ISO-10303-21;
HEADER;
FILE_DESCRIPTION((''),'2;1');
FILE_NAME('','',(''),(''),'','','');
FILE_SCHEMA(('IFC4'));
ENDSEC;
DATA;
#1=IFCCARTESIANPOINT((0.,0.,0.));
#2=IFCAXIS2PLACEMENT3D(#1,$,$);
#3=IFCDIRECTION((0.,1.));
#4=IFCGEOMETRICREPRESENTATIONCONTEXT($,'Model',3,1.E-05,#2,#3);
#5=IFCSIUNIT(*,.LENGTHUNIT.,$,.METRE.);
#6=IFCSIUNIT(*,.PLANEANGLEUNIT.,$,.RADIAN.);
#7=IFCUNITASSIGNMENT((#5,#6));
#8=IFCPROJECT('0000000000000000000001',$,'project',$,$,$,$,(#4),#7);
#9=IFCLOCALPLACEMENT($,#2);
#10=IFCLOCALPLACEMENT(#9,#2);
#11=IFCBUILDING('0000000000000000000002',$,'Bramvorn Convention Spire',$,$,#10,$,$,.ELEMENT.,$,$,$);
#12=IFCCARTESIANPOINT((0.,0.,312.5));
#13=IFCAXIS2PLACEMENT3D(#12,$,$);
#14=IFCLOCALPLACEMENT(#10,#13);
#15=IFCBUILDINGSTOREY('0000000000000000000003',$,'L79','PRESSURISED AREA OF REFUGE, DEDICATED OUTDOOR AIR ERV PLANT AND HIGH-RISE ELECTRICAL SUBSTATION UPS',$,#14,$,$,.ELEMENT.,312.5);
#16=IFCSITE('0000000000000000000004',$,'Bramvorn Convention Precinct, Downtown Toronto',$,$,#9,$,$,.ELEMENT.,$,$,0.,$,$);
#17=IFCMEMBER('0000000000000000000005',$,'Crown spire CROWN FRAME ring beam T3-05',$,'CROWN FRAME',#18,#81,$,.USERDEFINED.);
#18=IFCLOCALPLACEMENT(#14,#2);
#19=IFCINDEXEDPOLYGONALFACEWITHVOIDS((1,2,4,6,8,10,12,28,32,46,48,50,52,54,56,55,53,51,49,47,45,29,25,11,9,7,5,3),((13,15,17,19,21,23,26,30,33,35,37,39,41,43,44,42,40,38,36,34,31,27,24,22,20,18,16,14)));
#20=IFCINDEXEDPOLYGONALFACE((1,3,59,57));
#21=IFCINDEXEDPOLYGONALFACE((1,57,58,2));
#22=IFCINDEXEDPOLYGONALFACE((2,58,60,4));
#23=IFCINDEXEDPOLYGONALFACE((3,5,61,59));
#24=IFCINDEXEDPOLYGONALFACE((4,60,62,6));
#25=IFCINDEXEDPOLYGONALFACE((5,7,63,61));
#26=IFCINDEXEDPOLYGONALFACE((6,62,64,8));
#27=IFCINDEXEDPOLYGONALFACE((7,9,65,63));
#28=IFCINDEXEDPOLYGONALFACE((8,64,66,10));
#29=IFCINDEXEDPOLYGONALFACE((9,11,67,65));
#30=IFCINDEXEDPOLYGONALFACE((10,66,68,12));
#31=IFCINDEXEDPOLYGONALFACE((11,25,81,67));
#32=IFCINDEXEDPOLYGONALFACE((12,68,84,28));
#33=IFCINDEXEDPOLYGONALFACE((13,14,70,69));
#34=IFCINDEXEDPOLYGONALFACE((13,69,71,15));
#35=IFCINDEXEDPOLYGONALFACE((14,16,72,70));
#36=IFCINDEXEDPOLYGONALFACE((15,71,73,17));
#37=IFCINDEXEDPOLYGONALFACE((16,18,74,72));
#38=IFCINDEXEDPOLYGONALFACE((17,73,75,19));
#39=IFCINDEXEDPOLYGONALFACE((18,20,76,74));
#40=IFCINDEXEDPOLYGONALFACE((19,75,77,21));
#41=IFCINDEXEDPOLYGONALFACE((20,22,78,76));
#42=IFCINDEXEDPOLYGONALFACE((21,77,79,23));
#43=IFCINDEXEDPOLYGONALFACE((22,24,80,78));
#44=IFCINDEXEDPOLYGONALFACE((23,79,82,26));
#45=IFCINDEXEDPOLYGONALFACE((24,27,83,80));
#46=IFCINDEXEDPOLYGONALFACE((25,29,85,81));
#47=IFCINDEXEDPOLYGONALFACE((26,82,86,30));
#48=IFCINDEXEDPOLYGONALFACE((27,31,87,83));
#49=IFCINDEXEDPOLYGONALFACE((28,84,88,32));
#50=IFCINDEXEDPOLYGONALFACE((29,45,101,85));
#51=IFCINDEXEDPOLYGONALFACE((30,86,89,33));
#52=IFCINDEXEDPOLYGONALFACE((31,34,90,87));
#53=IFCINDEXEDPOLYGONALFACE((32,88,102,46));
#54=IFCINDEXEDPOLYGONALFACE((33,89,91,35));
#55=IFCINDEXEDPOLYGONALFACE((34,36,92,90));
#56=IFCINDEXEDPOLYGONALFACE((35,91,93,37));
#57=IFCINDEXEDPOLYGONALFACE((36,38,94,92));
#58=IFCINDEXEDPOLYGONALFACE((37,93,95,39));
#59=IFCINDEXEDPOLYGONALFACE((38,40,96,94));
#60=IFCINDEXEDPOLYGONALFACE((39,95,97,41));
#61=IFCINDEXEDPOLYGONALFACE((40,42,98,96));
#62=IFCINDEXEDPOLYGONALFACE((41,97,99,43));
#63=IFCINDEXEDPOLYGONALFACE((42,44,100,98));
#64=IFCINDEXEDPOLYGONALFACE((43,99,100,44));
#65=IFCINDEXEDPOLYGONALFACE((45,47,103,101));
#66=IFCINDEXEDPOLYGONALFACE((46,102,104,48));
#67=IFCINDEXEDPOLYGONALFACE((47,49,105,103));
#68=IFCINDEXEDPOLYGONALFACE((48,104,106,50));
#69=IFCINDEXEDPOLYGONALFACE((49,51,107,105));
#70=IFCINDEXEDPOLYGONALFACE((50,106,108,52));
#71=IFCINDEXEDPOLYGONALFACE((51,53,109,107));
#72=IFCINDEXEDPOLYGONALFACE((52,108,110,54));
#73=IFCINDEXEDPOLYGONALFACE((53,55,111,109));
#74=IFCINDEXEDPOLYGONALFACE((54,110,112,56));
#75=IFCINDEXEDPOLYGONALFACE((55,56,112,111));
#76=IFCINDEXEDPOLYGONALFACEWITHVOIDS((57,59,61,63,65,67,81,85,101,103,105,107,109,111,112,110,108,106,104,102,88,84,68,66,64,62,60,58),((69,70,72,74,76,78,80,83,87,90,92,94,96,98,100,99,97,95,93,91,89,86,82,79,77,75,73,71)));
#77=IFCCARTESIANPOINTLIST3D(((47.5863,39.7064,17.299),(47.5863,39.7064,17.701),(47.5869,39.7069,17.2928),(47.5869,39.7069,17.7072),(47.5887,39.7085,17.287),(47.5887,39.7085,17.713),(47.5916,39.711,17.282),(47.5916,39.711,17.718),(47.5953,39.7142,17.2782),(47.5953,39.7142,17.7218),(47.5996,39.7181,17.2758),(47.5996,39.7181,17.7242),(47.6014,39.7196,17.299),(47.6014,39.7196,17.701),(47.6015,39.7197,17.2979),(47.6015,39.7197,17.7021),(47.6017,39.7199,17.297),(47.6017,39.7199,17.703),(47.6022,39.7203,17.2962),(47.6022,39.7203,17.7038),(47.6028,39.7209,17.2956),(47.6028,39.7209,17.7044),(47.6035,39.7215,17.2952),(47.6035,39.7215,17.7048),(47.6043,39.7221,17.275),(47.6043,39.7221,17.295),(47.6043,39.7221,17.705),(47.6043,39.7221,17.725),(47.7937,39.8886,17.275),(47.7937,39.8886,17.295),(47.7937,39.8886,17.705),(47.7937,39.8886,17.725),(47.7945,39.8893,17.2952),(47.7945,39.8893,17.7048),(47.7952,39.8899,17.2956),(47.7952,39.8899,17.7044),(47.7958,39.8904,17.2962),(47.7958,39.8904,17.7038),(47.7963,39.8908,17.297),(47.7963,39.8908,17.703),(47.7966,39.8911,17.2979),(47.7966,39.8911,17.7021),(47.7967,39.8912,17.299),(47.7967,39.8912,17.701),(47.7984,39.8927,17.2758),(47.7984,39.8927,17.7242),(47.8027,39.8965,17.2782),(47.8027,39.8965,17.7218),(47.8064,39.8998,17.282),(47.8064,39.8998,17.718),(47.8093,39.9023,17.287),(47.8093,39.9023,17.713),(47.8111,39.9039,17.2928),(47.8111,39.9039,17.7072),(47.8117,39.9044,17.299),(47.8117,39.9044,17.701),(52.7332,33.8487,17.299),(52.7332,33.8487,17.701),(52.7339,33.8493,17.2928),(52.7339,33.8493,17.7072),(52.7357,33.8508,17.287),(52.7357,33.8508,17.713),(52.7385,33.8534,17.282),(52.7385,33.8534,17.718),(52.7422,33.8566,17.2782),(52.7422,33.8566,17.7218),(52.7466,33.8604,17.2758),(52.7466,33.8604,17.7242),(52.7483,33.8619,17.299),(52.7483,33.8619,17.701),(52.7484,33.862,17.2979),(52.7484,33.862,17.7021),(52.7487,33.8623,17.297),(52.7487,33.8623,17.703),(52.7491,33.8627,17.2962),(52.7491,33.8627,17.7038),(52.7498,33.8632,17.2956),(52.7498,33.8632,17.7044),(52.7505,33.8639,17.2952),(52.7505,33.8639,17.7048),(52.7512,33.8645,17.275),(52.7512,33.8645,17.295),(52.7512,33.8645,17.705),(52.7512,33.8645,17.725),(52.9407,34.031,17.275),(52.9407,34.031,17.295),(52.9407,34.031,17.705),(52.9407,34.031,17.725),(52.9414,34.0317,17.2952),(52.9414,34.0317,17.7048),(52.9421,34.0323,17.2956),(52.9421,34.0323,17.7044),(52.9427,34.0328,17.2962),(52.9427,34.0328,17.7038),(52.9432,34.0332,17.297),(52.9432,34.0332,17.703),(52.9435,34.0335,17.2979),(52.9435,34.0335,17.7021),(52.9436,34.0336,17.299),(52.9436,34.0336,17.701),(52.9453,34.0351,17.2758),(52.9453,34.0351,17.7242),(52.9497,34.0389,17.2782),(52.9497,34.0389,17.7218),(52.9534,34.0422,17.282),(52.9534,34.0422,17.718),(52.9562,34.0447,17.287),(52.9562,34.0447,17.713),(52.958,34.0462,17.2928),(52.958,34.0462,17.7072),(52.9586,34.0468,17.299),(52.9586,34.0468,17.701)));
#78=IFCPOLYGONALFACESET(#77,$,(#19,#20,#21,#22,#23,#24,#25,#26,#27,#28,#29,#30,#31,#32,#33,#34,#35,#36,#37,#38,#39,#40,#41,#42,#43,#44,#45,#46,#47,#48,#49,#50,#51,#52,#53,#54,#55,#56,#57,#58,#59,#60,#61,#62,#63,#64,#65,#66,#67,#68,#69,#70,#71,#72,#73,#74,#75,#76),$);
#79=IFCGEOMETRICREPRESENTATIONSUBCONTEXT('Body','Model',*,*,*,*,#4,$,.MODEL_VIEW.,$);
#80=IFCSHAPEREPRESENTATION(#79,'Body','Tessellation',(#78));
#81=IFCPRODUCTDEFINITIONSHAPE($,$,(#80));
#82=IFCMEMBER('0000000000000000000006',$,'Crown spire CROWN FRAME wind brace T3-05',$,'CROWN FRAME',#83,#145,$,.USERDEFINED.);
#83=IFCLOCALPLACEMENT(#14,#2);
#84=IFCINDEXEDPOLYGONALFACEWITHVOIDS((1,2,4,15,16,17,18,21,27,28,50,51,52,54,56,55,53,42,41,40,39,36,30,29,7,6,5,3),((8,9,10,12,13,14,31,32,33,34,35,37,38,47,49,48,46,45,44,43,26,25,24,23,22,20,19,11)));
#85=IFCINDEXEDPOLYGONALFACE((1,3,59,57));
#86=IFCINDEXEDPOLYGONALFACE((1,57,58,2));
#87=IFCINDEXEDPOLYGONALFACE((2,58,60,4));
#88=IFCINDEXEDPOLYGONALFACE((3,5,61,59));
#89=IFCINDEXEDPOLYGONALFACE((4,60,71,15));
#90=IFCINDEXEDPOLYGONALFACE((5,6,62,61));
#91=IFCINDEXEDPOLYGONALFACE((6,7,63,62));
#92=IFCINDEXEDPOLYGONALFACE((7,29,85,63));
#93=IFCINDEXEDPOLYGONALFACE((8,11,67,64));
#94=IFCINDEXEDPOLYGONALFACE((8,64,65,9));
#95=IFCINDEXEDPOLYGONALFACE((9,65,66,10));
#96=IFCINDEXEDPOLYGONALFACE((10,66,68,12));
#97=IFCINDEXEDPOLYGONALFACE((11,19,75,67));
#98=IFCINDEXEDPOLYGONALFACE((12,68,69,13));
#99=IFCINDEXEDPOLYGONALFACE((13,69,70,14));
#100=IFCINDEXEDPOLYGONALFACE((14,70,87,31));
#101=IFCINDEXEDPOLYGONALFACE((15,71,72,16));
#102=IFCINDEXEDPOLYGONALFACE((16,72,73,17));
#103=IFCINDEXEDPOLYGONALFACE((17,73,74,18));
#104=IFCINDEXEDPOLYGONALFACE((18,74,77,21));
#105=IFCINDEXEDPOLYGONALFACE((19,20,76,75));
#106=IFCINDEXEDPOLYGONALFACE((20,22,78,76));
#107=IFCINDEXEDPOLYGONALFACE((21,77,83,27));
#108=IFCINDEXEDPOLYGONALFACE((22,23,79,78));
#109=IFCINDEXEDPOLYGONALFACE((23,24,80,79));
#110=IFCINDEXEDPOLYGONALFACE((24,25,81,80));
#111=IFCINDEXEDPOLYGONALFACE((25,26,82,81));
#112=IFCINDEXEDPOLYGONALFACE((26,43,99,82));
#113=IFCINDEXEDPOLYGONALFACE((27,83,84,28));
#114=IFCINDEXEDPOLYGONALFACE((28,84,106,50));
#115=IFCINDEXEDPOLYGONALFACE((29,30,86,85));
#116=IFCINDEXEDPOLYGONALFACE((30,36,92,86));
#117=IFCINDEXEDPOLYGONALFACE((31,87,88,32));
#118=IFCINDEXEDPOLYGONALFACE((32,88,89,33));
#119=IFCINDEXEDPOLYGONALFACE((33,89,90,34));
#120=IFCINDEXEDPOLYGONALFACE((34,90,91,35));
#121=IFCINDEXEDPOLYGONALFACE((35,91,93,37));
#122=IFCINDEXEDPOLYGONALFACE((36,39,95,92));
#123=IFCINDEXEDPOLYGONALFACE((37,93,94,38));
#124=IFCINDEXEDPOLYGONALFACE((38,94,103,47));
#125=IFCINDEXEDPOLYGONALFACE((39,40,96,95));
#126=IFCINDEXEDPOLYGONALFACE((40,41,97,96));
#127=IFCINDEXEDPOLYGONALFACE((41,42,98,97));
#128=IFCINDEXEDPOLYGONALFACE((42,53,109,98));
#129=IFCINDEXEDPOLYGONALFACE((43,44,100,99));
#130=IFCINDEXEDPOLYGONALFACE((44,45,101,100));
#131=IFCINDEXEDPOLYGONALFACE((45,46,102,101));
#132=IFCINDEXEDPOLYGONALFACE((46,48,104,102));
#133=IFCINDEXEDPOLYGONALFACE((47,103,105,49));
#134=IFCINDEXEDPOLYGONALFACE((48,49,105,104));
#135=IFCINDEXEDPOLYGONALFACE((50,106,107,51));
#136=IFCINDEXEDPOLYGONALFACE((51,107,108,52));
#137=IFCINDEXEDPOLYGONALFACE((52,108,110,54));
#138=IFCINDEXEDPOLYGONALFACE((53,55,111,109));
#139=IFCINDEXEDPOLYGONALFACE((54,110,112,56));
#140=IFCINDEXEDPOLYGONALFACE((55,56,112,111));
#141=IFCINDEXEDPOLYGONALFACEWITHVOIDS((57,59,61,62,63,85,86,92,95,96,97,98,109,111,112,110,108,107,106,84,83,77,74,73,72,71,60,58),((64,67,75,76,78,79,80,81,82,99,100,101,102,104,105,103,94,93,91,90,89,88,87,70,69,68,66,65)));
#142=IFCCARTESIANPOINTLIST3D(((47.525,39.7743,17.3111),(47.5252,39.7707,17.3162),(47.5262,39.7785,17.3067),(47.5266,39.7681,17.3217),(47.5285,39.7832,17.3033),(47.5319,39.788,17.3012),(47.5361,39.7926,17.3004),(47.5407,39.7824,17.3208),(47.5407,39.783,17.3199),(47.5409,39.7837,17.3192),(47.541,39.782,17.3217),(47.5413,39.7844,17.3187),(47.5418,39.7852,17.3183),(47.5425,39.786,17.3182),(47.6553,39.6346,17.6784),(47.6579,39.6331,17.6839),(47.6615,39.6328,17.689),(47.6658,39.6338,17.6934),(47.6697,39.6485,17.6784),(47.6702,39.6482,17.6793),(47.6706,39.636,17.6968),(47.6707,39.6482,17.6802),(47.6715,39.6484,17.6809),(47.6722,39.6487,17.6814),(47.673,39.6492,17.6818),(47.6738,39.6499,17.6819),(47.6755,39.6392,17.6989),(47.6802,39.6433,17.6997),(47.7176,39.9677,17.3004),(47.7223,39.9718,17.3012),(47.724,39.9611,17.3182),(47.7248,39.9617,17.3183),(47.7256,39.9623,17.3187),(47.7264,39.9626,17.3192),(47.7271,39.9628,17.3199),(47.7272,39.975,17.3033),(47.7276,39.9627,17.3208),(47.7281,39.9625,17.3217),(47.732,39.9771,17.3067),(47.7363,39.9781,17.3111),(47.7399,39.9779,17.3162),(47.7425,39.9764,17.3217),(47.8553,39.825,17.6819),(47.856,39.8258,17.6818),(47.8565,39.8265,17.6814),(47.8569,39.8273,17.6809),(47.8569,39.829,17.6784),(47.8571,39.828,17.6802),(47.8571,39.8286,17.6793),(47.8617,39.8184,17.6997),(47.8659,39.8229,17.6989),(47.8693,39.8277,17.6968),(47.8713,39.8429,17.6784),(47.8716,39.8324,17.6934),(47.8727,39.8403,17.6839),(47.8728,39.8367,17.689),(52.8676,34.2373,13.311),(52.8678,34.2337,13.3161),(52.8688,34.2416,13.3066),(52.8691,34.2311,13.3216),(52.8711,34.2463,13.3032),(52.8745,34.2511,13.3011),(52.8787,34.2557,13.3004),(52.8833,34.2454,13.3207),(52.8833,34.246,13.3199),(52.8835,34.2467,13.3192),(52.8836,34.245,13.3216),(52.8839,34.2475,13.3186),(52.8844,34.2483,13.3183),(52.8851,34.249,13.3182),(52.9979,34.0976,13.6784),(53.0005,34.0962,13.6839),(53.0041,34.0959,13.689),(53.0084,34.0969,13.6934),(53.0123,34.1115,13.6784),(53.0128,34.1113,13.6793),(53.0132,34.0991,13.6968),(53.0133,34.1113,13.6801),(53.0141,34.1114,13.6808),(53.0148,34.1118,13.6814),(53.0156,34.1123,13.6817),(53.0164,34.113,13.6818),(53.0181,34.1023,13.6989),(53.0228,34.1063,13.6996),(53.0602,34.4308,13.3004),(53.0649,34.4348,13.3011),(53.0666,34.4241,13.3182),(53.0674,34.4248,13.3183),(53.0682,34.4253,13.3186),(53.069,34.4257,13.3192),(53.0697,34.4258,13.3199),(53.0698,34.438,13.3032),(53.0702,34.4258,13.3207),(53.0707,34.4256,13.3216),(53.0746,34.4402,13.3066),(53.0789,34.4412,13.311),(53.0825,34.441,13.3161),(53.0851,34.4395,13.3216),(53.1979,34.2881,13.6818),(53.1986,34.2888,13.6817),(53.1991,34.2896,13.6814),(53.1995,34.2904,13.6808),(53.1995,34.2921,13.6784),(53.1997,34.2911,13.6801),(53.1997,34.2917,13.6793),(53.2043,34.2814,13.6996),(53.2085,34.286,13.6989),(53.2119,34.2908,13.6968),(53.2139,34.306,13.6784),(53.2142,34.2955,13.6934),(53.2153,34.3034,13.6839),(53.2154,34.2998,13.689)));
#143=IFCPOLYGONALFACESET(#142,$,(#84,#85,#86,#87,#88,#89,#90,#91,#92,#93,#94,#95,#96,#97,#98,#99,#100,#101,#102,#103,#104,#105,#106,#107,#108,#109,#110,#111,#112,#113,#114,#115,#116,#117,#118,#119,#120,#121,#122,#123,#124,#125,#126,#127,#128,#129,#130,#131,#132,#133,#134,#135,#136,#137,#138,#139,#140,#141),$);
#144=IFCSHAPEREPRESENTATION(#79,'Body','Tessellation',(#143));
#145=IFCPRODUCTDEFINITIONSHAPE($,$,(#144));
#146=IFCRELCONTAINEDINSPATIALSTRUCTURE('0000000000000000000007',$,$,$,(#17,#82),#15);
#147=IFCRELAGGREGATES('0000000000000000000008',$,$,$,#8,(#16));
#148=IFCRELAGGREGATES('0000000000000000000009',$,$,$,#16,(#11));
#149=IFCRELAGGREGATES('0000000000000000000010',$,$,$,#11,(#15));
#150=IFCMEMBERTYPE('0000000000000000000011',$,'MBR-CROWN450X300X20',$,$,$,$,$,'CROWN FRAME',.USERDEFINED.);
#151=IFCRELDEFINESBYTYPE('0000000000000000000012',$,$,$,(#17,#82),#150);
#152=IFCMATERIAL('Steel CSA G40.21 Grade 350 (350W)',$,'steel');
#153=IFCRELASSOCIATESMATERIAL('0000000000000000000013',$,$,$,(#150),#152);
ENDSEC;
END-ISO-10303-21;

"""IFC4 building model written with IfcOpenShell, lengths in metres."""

from ifc_helpers import new_model, si_unit, direction, frame, origin, origin_2d, place, context, subcontext, project, spatial, hollow_rectangle, extrude, material, material_profile, profile_set, type_object, element, save


model = new_model("IFC4")

# Units and contexts
model_context = context("Model", 3, precision=1e-05, world=origin(), true_north=direction((0.0, 1.0)))
body_context = subcontext(model_context, "Body", "Model", "MODEL_VIEW")
ifc_project = project(units=[si_unit("LENGTHUNIT", "METRE"), si_unit("PLANEANGLEUNIT", "RADIAN")], contexts=[model_context])

# Site, building, storey
site_placement = place(None, origin())
site = spatial("IfcSite", under=ifc_project, at=site_placement, Name="Bramvorn Convention Precinct, Downtown Toronto", CompositionType="ELEMENT", RefElevation=0.0)
building_placement = place(site_placement, origin())
building = spatial("IfcBuilding", under=site, at=building_placement, Name="Bramvorn Convention Spire", CompositionType="ELEMENT")
storey_placement = place(building_placement, frame((0.0, 0.0, 312.5)))
storey = spatial("IfcBuildingStorey", under=building, at=storey_placement, Name="L79", Description="PRESSURISED AREA OF REFUGE, DEDICATED OUTDOOR AIR ERV PLANT AND HIGH-RISE ELECTRICAL SUBSTATION UPS", CompositionType="ELEMENT", Elevation=312.5)

# Members
ifc_material_1 = material(Name="Steel CSA G40.21 Grade 350 (350W)", Category="steel")
ifc_material_profile_1 = material_profile(ifc_material_1, hollow_rectangle(XDim=0.3, YDim=0.45, WallThickness=0.02, InnerFilletRadius=0.0039, OuterFilletRadius=0.0239, at=origin_2d()))
ifc_profile_set_1 = profile_set([ifc_material_profile_1], Name="Steel CSA G40.21 Grade 350 (350W) - CROWN450X300X20")
member_type_1 = type_object("IfcMemberType", Name="MBR-CROWN450X300X20", ElementType="CROWN FRAME", PredefinedType="USERDEFINED", material=ifc_profile_set_1)
member_1_placement = place(storey_placement, frame((52.8459, 33.9478, 17.5), z_axis=(-0.660066, 0.751208, 0.0), x_axis=(-0.751208, -0.660066, 0.0)))
element("IfcMember", 1, at=member_1_placement, inside=storey, type_object=member_type_1, Name="Crown spire CROWN FRAME ring beam T3-05", ObjectType="CROWN FRAME", PredefinedType="USERDEFINED", context=body_context, shape_type="SweptSolid", body=[
    extrude(hollow_rectangle(XDim=0.3, YDim=0.45, WallThickness=0.02, InnerFilletRadius=0.0039, OuterFilletRadius=0.0239, at=origin_2d()), origin(), (0.0, 0.0, 1.0), 7.7976),
])
member_2_placement = place(storey_placement, frame((53.0415, 34.2686, 13.5), z_axis=(-0.616083, 0.638494, 0.461267), x_axis=(-0.719623, -0.694365, 0.0)))
element("IfcMember", 2, at=member_2_placement, inside=storey, type_object=member_type_1, Name="Crown spire CROWN FRAME wind brace T3-05", ObjectType="CROWN FRAME", PredefinedType="USERDEFINED", context=body_context, shape_type="SweptSolid", body=[
    extrude(hollow_rectangle(XDim=0.3, YDim=0.45, WallThickness=0.02, InnerFilletRadius=0.0039, OuterFilletRadius=0.0239, at=origin_2d()), origin(), (0.0, 0.0, 1.0), 8.6719),
])

save(model, "model.ifc")
